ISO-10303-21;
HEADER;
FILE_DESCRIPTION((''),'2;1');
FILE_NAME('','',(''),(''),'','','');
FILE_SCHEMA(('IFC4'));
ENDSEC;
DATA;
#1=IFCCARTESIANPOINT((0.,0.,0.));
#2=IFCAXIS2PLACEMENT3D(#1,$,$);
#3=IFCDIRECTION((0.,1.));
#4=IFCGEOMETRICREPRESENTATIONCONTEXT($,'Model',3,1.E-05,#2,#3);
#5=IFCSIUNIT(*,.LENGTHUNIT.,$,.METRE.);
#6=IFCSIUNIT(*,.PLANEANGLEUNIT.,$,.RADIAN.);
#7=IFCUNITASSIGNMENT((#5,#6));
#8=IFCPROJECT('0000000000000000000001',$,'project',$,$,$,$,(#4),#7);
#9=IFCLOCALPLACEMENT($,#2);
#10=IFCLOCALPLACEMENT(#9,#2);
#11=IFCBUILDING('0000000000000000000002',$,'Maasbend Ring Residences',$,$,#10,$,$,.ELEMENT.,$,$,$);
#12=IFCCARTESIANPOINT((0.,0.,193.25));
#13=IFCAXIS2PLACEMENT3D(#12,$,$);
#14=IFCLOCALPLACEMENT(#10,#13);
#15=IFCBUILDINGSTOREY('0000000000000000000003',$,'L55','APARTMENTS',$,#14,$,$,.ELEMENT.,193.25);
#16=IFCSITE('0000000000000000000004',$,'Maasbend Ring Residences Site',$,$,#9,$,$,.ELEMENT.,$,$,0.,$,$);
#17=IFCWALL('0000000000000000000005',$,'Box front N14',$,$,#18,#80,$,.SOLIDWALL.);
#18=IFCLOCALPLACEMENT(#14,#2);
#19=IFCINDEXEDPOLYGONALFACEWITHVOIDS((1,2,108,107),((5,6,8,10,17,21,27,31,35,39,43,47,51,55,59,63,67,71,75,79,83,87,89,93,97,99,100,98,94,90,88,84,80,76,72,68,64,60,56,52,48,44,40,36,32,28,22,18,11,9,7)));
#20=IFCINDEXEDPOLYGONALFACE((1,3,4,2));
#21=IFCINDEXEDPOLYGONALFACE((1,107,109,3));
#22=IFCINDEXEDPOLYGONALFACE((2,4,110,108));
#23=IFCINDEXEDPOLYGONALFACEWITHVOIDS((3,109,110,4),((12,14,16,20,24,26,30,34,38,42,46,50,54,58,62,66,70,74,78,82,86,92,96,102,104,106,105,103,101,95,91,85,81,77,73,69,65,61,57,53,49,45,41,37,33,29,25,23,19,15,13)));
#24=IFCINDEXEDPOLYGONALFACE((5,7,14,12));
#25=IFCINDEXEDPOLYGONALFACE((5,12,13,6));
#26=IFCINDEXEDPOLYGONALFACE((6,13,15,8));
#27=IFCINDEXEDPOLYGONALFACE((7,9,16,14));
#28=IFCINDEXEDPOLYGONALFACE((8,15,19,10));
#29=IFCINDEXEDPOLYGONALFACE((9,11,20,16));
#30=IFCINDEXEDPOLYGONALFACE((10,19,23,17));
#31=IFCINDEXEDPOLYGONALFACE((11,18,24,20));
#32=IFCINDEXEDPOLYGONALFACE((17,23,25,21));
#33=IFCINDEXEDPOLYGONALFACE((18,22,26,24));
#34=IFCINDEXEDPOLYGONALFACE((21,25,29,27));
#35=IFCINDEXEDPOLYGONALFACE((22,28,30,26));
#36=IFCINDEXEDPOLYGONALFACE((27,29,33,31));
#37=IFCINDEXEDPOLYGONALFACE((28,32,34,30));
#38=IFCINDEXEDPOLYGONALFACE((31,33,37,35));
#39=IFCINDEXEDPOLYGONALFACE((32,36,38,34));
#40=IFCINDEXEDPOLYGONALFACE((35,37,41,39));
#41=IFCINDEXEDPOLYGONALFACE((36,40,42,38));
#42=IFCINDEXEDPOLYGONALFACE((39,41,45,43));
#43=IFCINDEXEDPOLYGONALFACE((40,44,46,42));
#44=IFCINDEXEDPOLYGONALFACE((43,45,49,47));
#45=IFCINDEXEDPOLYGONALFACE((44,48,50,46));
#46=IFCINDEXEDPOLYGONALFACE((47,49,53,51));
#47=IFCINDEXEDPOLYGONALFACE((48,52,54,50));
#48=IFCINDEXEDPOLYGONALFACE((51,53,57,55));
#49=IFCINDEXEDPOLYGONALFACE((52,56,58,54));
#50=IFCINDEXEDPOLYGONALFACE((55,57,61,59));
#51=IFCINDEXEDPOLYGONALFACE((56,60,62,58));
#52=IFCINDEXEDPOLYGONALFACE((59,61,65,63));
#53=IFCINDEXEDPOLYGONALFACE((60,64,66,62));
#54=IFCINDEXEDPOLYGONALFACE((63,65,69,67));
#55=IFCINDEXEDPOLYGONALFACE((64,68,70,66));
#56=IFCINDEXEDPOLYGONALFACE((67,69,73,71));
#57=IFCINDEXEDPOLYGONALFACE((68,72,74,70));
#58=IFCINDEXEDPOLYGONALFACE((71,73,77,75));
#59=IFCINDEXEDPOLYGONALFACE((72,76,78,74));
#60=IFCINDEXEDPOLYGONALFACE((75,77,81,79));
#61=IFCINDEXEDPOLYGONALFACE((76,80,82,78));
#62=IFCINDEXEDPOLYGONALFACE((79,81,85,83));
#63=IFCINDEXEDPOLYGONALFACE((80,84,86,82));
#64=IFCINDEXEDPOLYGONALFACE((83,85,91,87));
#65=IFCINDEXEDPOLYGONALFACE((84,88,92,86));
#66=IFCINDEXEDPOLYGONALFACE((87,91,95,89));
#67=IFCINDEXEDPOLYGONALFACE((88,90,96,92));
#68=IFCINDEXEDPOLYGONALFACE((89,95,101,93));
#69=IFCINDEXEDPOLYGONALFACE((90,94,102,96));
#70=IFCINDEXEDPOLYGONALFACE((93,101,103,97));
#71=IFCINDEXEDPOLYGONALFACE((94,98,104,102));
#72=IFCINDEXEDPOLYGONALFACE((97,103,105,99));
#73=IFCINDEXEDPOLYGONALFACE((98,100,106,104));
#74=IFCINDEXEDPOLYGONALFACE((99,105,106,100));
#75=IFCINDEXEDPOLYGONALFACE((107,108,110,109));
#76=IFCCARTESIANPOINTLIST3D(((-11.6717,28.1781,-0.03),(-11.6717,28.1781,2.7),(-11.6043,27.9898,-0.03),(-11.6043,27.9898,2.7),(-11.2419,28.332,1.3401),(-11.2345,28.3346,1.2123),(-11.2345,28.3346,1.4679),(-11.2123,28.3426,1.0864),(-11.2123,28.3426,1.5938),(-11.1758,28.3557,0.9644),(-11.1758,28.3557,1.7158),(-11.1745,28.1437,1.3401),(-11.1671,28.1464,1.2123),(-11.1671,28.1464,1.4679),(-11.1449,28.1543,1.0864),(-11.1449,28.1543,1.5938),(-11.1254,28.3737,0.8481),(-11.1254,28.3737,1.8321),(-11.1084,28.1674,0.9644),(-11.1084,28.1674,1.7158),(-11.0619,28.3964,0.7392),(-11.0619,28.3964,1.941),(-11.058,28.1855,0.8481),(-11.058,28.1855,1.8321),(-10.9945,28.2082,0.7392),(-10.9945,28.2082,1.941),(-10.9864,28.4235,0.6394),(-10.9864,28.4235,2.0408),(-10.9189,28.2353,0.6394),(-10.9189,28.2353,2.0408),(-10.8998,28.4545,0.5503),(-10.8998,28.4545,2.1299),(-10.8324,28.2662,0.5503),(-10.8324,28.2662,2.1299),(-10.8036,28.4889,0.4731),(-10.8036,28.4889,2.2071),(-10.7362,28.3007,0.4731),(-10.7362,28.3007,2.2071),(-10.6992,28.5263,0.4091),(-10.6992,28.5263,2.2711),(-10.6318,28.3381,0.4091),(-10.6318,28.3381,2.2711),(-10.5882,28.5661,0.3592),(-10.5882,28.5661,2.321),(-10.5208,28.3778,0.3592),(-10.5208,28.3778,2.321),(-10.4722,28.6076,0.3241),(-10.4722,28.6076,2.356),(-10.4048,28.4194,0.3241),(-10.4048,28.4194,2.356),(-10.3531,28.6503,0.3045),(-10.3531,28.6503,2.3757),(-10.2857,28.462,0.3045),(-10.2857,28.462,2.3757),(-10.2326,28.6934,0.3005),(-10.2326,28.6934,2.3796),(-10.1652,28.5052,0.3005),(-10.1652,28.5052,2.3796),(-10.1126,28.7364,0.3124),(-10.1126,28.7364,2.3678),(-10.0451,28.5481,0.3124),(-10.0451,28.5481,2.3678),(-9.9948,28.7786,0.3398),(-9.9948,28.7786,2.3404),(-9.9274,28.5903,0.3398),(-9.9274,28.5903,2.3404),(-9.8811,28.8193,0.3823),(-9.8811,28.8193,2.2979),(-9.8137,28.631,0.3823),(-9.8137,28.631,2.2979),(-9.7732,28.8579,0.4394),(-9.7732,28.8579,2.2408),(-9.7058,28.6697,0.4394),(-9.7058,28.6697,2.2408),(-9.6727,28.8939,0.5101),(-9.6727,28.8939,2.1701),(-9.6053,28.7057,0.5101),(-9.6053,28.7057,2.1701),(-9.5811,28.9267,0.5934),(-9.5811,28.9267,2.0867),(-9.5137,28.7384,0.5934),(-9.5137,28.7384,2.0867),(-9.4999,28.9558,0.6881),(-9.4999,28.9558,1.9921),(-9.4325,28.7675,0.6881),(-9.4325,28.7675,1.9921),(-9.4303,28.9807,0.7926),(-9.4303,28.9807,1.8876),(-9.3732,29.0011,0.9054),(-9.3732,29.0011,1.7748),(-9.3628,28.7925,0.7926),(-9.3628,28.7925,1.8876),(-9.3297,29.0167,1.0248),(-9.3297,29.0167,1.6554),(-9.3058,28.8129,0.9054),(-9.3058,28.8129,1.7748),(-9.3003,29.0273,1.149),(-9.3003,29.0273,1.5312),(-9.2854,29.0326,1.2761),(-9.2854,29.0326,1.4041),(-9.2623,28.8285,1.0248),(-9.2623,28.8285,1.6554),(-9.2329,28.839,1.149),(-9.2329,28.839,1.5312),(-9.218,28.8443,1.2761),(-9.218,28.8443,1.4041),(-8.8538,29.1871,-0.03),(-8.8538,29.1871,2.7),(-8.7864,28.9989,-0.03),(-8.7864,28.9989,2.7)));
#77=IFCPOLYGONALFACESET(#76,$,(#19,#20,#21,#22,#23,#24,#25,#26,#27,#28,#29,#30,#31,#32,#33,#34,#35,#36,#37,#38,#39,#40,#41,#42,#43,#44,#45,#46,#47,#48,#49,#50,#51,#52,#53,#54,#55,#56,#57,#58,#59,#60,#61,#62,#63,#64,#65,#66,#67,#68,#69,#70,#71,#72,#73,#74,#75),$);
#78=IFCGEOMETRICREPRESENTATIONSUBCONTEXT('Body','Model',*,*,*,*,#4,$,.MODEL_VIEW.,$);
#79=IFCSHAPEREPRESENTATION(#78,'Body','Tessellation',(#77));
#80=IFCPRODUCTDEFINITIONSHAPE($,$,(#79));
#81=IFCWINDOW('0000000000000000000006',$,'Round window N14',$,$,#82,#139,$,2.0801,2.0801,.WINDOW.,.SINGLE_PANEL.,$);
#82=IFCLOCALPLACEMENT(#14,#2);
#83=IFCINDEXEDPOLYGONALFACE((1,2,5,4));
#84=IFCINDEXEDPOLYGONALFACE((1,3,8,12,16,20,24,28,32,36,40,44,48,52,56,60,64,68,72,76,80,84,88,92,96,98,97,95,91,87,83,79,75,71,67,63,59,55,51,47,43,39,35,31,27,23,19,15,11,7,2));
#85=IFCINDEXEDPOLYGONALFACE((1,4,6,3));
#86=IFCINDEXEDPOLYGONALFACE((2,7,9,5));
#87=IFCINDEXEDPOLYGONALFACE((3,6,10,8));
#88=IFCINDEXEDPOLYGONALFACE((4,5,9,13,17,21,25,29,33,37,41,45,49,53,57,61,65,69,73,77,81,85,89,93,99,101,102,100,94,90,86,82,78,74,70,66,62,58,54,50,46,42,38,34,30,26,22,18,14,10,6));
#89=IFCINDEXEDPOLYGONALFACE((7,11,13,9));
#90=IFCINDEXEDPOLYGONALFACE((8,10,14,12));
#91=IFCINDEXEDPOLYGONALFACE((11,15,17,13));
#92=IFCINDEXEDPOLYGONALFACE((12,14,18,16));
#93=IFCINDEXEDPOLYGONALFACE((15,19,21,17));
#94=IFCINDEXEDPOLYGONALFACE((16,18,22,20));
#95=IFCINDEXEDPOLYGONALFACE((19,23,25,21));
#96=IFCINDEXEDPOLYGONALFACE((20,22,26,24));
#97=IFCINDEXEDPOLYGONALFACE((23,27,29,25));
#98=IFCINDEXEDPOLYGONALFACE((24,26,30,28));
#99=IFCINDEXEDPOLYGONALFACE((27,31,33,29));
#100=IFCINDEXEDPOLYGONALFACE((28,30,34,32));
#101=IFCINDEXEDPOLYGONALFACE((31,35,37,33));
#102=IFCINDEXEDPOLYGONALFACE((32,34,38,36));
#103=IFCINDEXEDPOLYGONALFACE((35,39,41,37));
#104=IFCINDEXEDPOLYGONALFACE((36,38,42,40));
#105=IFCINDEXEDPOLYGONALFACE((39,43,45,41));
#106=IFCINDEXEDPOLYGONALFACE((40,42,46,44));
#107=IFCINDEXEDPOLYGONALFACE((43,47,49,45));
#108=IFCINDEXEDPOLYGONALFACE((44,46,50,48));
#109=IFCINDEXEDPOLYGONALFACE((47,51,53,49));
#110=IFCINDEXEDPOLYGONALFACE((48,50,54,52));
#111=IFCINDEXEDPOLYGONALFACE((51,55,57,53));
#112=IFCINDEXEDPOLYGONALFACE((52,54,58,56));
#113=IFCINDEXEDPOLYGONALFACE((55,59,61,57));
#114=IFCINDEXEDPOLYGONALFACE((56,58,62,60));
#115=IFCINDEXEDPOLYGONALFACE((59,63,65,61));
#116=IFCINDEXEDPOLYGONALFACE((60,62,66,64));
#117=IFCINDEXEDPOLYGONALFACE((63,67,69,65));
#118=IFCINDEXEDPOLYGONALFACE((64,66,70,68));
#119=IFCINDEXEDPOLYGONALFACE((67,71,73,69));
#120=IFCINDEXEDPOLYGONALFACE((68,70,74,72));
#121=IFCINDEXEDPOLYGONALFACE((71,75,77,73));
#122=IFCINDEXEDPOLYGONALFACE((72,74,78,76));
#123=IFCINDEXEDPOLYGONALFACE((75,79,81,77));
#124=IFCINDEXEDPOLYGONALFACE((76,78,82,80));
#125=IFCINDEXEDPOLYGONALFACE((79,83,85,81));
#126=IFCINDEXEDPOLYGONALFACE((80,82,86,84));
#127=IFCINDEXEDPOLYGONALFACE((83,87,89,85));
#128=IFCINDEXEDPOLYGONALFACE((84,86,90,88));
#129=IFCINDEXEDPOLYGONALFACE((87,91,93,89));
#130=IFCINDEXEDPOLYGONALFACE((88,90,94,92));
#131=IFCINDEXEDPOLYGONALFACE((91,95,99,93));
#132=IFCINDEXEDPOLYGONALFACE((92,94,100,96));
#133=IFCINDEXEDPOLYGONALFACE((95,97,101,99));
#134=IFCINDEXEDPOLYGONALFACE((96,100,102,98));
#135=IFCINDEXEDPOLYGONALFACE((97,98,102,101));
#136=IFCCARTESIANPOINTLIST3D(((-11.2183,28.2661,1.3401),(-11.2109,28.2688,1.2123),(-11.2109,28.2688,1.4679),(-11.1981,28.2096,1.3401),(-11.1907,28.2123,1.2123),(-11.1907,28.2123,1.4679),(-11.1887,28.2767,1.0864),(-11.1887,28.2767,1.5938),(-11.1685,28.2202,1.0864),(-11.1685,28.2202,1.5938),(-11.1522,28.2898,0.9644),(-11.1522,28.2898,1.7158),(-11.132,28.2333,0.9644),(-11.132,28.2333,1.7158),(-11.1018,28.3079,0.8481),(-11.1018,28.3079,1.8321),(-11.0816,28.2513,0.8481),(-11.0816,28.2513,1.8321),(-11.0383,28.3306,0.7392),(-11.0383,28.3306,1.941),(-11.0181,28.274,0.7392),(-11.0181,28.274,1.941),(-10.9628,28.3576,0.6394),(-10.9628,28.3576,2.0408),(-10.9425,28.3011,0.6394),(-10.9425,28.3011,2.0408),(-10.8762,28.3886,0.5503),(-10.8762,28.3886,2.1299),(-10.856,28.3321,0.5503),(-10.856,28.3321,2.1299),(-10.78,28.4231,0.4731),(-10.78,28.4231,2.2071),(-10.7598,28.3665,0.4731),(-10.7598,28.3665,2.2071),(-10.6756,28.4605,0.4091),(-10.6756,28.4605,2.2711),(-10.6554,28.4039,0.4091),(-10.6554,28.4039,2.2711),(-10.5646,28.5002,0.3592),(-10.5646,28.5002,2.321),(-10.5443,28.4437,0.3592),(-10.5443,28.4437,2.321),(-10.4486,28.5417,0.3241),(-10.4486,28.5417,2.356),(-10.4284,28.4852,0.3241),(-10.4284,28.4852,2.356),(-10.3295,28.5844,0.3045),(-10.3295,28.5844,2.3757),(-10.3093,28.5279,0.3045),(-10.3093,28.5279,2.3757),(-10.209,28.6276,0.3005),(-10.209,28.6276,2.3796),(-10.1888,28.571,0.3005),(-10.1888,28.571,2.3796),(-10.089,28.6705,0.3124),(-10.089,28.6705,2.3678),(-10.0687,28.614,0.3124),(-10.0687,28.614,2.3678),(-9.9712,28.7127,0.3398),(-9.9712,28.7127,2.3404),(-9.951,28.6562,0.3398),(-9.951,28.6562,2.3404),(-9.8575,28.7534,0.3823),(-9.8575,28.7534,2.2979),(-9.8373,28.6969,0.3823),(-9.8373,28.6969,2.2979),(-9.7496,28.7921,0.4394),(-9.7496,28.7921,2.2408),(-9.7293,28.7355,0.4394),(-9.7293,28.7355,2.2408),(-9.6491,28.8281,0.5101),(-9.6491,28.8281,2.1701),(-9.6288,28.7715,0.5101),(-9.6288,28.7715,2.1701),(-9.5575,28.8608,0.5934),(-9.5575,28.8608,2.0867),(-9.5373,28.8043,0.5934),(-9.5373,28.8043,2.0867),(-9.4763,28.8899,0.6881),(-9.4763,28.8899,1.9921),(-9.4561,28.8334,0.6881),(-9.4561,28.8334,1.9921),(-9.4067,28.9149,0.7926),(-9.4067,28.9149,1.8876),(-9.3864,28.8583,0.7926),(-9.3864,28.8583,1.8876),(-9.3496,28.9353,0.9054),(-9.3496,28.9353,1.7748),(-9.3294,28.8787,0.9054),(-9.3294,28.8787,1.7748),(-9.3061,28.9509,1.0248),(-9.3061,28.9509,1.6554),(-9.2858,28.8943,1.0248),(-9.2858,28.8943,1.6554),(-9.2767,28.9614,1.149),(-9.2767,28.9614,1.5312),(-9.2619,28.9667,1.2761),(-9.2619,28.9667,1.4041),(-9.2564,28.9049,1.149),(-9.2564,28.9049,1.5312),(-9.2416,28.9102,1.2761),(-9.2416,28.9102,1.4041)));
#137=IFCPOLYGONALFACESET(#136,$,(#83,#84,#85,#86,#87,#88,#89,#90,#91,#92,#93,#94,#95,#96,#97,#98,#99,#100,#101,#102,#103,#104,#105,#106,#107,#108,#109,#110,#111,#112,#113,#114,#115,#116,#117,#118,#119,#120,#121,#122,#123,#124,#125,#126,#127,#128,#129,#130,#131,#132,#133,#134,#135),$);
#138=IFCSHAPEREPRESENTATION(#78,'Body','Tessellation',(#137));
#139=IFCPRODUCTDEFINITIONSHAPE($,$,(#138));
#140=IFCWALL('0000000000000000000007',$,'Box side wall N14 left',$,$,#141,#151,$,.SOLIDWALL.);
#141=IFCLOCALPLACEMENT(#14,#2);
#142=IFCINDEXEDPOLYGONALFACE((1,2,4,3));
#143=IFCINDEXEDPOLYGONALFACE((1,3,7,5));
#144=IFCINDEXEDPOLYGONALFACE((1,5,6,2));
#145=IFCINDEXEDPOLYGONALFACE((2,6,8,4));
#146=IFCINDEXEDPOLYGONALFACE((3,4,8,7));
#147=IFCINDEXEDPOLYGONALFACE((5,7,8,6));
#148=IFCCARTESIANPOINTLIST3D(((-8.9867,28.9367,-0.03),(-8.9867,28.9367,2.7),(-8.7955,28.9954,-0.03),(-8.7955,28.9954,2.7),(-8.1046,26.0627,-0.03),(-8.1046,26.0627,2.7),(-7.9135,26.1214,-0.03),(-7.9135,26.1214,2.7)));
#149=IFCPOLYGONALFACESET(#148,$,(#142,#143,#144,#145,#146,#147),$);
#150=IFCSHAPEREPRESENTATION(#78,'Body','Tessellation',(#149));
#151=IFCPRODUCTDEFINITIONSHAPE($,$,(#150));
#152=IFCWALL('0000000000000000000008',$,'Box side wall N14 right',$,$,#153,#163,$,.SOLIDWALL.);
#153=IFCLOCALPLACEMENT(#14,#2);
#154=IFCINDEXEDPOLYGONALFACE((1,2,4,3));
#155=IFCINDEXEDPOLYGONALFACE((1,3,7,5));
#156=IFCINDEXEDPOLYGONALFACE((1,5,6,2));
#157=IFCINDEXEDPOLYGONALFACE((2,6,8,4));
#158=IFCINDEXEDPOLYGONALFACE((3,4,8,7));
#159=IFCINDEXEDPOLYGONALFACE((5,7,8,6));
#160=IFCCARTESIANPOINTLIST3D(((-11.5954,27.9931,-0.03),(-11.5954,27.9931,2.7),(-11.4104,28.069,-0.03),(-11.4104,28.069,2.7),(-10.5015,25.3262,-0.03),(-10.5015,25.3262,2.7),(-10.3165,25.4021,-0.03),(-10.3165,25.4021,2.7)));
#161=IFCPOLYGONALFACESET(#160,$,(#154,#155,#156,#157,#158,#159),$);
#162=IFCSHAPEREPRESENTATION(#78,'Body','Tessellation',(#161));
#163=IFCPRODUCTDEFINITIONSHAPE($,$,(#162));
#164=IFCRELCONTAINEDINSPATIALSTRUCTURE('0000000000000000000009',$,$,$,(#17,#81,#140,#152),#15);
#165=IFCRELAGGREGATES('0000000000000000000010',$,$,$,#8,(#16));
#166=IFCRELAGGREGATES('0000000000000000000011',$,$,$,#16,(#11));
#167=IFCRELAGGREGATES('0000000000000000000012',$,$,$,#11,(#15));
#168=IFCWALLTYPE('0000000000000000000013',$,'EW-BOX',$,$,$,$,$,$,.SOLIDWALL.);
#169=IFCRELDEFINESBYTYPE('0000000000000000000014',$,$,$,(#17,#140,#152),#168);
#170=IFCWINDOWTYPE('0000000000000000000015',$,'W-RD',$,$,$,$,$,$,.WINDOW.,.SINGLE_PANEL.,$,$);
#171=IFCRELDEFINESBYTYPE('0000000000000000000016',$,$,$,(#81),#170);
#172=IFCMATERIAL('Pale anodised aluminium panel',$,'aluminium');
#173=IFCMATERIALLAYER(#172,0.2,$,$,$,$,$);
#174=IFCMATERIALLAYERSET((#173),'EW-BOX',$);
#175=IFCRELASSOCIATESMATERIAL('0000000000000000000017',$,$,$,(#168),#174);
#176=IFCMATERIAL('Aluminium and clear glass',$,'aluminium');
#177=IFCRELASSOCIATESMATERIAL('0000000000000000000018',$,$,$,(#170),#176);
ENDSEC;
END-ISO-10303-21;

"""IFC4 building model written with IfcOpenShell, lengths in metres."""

from ifc_helpers import new_model, si_unit, direction, frame, frame_2d, origin, place, context, subcontext, project, spatial, rectangle, circle, extrude, material, layer, layer_set, type_object, element, fill, save


model = new_model("IFC4")

# Units and contexts
model_context = context("Model", 3, precision=1e-05, world=origin(), true_north=direction((0.0, 1.0)))
body_context = subcontext(model_context, "Body", "Model", "MODEL_VIEW")
ifc_project = project(units=[si_unit("LENGTHUNIT", "METRE"), si_unit("PLANEANGLEUNIT", "RADIAN")], contexts=[model_context])

# Site, building, storey
site_placement = place(None, origin())
site = spatial("IfcSite", under=ifc_project, at=site_placement, Name="Maasbend Ring Residences Site", CompositionType="ELEMENT", RefElevation=0.0)
building_placement = place(site_placement, origin())
building = spatial("IfcBuilding", under=site, at=building_placement, Name="Maasbend Ring Residences", CompositionType="ELEMENT")
storey_placement = place(building_placement, frame((0.0, 0.0, 193.25)))
storey = spatial("IfcBuildingStorey", under=building, at=storey_placement, Name="L55", Description="APARTMENTS", CompositionType="ELEMENT", Elevation=193.25)

# Shared definitions
ifc_material_1 = material(Name="Pale anodised aluminium panel", Category="aluminium")
ifc_layer_1 = layer(ifc_material_1, 0.2)
ifc_layer_set_1 = layer_set([ifc_layer_1], Name="EW-BOX")
wall_type_1 = type_object("IfcWallType", Name="EW-BOX", PredefinedType="SOLIDWALL", material=ifc_layer_set_1)
ifc_material_2 = material(Name="Aluminium and clear glass", Category="aluminium")
window_type_1 = type_object("IfcWindowType", Name="W-RD", PartitioningType="SINGLE_PANEL", PredefinedType="WINDOW", material=ifc_material_2)

# Wall, opening, window
wall_1_placement = place(storey_placement, frame((-8.8201, 29.093, -0.03), z_axis=(0.0, 0.0, 1.0), x_axis=(-0.941461, -0.337122, 0.0)))
wall_1 = element("IfcWall", 1, at=wall_1_placement, inside=storey, type_object=wall_type_1, Name="Box front N14", PredefinedType="SOLIDWALL", context=body_context, shape_type="SweptSolid", body=[
    extrude(rectangle(XDim=2.9932, YDim=0.2, at=frame_2d((1.4966, 0.0))), origin(), (0.0, 0.0, 1.0), 2.73),
])
opening_1_placement = place(wall_1_placement, frame((0.4565, 0.0, 0.3301)))
opening_1 = element("IfcOpeningElement", 2, at=opening_1_placement, cuts=wall_1, PredefinedType="OPENING", context=body_context, shape_type="SweptSolid", body=[
    extrude(circle(Radius=1.04, at=frame_2d((1.04, 1.04))), frame((0.0, 0.1099, 0.0), z_axis=(0.0, -1.0, 0.0), x_axis=(1.0, 0.0, 0.0)), (0.0, 0.0, 1.0), 0.22),
])
window_1_placement = place(opening_1_placement, origin())
window_1 = element("IfcWindow", 3, at=window_1_placement, inside=storey, type_object=window_type_1, Name="Round window N14", OverallHeight=2.0801, OverallWidth=2.0801, PartitioningType="SINGLE_PANEL", PredefinedType="WINDOW", context=body_context, shape_type="SweptSolid", body=[
    extrude(circle(Radius=1.04, at=frame_2d((1.04, 1.04))), frame((0.0, 0.03, 0.0), z_axis=(0.0, -1.0, 0.0), x_axis=(1.0, 0.0, 0.0)), (0.0, 0.0, 1.0), 0.0601),
])
fill(opening_1, window_1)

# Walls
wall_2_placement = place(storey_placement, frame((-8.009, 26.092, -0.03), z_axis=(0.0, 0.0, 1.0), x_axis=(-0.293407, 0.955988, 0.0)))
element("IfcWall", 4, at=wall_2_placement, inside=storey, type_object=wall_type_1, Name="Box side wall N14 left", PredefinedType="SOLIDWALL", context=body_context, shape_type="SweptSolid", body=[
    extrude(rectangle(XDim=3.0063, YDim=0.2, at=frame_2d((1.5032, 0.0))), origin(), (0.0, 0.0, 1.0), 2.73),
])
wall_3_placement = place(storey_placement, frame((-10.4089, 25.364, -0.03), z_axis=(0.0, 0.0, 1.0), x_axis=(-0.37951, 0.925188, 0.0)))
element("IfcWall", 5, at=wall_3_placement, inside=storey, type_object=wall_type_1, Name="Box side wall N14 right", PredefinedType="SOLIDWALL", context=body_context, shape_type="SweptSolid", body=[
    extrude(rectangle(XDim=2.8826, YDim=0.2, at=frame_2d((1.4414, 0.0))), origin(), (0.0, 0.0, 1.0), 2.73),
])

save(model, "model.ifc")
